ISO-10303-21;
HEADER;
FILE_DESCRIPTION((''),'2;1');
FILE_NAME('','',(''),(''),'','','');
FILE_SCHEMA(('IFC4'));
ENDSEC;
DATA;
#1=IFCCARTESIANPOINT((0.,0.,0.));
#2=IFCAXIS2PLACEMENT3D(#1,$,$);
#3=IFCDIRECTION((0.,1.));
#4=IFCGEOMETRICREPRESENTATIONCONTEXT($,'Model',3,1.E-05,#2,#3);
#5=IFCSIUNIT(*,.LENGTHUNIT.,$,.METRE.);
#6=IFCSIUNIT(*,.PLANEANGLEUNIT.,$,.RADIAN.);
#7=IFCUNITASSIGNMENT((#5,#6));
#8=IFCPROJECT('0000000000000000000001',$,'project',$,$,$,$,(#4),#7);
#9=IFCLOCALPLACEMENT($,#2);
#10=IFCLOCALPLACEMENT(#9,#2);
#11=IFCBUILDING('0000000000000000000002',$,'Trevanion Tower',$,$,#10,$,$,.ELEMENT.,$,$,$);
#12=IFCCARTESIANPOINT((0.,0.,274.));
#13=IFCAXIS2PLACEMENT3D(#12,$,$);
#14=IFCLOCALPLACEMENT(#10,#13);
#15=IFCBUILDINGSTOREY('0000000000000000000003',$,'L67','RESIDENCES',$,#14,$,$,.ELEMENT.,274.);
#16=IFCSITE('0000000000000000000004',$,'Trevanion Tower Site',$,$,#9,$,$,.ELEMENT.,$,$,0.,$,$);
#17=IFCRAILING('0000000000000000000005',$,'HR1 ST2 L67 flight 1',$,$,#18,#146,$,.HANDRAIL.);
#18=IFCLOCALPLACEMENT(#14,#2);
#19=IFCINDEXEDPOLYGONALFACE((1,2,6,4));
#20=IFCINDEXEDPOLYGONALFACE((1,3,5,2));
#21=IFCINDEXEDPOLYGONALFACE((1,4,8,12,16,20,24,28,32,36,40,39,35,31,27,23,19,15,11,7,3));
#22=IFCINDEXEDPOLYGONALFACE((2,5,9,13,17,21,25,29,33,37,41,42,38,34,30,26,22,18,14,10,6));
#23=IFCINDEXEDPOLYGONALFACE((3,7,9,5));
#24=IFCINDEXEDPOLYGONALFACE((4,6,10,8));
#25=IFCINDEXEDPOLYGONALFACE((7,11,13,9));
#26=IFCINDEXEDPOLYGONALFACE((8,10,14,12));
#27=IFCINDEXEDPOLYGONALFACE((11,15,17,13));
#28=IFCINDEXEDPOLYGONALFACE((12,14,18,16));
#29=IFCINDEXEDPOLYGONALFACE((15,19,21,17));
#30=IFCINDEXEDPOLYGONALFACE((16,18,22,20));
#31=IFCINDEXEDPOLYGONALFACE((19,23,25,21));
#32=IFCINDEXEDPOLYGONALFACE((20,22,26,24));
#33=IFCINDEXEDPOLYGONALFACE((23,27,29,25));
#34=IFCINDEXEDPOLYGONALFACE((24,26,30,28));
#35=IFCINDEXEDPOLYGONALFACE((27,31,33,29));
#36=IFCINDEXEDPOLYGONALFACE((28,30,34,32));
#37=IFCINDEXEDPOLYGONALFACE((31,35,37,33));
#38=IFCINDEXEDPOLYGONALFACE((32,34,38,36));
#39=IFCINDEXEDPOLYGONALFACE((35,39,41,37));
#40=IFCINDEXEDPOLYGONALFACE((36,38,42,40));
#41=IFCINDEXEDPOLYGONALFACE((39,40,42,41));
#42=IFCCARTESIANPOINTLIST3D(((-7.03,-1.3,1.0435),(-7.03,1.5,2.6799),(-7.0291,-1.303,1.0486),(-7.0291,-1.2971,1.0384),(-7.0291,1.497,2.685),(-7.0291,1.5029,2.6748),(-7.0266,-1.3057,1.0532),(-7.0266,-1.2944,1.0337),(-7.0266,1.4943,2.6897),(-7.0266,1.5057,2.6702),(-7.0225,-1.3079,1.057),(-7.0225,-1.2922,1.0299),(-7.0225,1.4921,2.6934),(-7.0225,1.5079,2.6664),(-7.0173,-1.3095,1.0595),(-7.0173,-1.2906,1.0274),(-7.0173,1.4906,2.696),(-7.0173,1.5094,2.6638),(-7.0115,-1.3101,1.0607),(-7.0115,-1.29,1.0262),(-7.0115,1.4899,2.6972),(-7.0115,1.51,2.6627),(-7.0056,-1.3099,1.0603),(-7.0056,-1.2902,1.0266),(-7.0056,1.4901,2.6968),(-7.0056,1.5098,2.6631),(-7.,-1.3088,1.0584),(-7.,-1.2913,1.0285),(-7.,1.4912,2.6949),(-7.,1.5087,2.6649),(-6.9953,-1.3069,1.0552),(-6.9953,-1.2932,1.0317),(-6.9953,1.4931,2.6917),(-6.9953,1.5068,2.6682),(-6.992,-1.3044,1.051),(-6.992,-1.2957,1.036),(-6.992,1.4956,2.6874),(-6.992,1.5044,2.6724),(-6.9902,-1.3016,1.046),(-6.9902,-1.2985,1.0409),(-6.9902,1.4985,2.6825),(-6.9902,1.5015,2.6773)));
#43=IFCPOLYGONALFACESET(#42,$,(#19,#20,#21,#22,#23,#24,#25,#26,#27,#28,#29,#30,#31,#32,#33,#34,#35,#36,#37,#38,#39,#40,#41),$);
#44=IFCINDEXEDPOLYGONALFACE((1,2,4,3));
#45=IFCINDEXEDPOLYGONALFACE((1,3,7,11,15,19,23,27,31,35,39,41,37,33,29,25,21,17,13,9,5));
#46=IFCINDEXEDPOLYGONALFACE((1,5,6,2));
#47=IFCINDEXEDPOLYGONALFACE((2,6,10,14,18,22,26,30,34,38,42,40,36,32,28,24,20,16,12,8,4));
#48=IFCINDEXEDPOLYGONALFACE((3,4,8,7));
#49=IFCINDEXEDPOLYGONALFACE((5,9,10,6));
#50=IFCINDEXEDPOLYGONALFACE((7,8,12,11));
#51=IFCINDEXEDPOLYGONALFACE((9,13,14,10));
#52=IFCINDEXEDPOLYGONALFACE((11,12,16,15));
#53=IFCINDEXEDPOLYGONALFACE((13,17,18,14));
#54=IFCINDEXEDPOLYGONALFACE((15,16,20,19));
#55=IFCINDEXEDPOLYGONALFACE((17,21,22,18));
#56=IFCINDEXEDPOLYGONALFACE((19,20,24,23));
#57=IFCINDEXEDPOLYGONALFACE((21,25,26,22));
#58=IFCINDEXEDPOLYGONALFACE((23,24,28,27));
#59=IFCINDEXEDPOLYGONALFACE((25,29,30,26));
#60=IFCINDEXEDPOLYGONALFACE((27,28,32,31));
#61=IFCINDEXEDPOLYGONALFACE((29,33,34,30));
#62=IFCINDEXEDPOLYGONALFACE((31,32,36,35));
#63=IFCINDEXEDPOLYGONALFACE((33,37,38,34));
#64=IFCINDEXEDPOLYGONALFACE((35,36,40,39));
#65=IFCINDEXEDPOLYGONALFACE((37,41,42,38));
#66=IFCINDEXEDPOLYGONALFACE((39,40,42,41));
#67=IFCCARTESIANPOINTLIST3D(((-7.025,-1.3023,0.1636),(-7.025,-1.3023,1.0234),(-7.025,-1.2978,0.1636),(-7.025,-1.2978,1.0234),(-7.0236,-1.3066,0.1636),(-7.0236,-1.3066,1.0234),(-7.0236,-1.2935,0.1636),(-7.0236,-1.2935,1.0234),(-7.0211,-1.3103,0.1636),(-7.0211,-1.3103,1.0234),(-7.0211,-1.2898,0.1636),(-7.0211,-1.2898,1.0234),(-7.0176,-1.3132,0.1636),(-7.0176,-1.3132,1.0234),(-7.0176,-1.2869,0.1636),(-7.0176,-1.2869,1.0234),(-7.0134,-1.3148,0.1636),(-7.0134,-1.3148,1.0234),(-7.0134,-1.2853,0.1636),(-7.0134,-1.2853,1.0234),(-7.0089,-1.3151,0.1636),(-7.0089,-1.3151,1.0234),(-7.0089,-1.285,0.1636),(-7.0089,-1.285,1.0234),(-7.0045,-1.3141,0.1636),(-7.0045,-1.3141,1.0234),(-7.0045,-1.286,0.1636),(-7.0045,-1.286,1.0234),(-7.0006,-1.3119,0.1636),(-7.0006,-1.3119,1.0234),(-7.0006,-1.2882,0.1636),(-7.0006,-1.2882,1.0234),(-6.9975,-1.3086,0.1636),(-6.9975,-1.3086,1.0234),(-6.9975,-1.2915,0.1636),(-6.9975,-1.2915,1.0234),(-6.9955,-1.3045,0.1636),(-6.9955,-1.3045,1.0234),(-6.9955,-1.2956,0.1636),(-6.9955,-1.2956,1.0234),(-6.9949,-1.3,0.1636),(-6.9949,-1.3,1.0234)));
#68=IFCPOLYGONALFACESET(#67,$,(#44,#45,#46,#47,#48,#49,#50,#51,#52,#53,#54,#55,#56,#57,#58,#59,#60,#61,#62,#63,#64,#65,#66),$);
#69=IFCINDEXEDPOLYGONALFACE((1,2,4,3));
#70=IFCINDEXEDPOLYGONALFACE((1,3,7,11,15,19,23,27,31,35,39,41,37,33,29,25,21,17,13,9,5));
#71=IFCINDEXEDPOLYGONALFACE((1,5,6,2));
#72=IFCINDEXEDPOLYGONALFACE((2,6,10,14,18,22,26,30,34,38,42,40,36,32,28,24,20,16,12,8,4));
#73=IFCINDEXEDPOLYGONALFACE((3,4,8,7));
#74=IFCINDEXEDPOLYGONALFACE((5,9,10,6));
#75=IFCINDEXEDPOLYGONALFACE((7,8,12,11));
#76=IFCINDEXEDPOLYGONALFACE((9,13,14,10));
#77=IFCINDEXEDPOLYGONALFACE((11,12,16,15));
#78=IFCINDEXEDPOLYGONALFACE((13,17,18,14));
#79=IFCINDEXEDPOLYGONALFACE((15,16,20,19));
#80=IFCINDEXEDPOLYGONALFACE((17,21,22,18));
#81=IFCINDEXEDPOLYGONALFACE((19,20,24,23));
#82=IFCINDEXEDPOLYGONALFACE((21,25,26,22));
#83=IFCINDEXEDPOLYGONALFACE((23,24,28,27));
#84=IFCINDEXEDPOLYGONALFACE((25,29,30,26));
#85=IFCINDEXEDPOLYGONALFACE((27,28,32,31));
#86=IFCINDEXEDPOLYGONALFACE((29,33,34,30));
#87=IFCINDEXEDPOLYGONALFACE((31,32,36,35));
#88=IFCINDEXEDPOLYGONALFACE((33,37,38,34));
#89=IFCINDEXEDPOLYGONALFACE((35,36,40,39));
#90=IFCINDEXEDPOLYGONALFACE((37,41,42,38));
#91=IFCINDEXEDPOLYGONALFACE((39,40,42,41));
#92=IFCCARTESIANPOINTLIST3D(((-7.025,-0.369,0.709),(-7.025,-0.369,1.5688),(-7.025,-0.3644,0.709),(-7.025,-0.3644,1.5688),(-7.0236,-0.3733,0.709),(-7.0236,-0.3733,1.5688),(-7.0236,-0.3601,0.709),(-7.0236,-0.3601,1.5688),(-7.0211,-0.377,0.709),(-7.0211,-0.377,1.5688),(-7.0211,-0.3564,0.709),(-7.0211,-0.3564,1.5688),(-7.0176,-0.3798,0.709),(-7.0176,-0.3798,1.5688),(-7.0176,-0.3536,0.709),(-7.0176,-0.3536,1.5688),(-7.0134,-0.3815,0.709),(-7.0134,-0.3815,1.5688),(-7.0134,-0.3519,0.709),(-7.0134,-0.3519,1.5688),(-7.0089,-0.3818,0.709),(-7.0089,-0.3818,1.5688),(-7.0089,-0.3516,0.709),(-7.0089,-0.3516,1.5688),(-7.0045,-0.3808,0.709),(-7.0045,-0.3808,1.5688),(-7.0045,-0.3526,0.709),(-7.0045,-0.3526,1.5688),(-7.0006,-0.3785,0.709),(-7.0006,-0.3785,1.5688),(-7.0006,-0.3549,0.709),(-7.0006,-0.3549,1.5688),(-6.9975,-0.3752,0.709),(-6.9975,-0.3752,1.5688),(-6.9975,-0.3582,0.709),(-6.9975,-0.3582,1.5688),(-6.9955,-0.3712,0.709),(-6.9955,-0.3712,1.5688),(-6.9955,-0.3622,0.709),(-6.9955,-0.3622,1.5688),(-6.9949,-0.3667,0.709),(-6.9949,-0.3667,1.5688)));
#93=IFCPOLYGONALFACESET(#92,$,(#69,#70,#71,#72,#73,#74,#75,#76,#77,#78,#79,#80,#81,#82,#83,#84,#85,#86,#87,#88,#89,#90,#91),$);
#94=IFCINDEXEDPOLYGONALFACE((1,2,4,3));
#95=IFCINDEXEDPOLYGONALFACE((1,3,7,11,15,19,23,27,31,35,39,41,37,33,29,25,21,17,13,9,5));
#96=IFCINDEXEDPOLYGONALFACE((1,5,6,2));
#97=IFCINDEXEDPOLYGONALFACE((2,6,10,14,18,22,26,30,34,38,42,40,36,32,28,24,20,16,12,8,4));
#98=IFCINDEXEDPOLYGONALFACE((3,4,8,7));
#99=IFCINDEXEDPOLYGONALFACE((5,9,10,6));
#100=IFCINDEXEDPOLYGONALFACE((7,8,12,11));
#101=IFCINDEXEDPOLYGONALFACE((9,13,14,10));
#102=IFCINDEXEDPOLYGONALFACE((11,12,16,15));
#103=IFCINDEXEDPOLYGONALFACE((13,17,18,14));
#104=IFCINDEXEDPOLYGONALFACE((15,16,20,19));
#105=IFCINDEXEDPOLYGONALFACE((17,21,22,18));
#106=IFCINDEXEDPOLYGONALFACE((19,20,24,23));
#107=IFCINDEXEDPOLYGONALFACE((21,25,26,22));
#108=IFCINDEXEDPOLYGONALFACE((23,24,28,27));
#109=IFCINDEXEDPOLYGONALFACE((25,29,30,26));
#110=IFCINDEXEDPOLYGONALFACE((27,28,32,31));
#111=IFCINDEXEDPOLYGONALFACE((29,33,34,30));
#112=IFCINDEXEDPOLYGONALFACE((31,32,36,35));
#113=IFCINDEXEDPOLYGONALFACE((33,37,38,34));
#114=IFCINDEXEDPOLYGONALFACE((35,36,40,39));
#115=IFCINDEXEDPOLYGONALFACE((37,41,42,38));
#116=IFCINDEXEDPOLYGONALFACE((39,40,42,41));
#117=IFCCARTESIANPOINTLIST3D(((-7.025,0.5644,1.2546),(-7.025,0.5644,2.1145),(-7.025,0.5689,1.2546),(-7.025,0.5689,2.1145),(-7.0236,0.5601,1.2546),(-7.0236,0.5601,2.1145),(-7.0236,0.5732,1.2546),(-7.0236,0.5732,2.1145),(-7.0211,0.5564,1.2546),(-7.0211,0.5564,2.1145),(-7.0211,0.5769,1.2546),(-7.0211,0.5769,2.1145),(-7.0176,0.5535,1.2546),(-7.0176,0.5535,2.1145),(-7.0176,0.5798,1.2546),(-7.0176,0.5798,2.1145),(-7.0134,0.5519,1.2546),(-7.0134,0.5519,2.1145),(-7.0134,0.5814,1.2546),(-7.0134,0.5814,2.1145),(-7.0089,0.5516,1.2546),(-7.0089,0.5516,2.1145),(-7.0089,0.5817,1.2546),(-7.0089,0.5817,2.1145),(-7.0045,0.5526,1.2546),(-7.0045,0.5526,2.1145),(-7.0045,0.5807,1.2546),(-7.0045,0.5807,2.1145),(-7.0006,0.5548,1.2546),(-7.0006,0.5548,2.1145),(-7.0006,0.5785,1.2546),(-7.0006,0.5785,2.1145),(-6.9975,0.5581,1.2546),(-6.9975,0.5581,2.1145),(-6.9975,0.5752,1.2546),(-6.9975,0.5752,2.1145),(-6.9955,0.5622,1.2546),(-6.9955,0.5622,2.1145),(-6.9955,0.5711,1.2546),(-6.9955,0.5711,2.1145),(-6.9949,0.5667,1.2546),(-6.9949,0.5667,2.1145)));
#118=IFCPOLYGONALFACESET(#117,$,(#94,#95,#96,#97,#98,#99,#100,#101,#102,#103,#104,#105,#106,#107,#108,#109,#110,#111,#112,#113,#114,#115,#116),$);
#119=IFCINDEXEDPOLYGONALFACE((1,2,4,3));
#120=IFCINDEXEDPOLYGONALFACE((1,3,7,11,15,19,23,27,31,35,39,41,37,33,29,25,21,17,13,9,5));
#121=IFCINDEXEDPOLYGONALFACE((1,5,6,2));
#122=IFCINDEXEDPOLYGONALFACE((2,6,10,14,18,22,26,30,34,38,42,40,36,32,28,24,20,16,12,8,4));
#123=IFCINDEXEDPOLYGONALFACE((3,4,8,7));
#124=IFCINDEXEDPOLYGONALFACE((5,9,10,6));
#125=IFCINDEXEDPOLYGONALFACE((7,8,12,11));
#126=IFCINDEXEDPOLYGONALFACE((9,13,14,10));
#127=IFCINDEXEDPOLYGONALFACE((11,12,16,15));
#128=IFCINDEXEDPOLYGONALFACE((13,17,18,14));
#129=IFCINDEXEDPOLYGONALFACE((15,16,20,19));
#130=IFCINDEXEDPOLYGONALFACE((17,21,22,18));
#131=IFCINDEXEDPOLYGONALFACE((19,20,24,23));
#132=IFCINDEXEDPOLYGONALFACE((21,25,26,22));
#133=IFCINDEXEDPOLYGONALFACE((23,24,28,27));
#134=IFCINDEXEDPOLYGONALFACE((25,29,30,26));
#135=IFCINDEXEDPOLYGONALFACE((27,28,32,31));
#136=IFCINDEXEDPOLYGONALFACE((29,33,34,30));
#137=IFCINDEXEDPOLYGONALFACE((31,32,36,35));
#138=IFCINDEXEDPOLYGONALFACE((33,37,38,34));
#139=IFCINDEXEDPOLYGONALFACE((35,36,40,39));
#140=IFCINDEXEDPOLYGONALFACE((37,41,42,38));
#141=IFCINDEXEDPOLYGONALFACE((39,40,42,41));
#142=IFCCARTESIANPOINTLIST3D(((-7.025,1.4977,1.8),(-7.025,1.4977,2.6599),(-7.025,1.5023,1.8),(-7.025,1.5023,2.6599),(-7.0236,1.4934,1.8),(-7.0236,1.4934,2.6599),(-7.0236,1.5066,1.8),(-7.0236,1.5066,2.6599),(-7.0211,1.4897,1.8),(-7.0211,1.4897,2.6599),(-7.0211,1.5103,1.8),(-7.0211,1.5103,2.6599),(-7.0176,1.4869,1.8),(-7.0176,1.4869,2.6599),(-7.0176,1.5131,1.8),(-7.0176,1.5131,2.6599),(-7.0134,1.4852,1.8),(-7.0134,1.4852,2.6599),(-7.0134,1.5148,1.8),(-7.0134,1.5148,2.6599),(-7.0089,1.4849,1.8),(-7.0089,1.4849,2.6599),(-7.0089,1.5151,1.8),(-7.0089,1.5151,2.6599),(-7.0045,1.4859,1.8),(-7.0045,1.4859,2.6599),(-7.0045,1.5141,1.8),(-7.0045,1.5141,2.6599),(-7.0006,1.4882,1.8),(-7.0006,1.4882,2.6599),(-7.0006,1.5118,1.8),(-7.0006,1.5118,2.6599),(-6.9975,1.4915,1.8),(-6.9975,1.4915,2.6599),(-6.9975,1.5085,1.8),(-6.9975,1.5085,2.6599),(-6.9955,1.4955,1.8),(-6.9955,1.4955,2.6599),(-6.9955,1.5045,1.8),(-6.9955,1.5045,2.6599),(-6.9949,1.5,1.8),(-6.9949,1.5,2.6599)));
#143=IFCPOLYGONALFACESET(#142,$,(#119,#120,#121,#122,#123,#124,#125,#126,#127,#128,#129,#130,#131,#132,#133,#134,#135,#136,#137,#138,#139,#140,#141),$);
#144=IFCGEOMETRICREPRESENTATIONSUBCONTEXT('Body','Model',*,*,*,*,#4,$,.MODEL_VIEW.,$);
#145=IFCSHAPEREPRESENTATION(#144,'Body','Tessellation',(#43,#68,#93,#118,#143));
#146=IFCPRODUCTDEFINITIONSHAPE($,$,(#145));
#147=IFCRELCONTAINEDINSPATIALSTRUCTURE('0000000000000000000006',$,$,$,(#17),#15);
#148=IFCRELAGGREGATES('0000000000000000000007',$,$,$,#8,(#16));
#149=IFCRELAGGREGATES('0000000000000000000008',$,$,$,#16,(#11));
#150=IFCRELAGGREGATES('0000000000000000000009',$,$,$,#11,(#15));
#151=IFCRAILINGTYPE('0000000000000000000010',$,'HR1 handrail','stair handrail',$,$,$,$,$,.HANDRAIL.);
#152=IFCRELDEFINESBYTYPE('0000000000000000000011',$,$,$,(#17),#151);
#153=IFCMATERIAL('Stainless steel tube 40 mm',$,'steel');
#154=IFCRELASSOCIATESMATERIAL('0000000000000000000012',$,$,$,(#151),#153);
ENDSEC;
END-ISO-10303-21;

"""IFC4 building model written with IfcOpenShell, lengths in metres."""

from ifc_helpers import new_model, si_unit, direction, frame, origin, origin_2d, place, context, subcontext, project, spatial, circle, extrude, material, type_object, element, save


model = new_model("IFC4")

# Units and contexts
model_context = context("Model", 3, precision=1e-05, world=origin(), true_north=direction((0.0, 1.0)))
body_context = subcontext(model_context, "Body", "Model", "MODEL_VIEW")
ifc_project = project(units=[si_unit("LENGTHUNIT", "METRE"), si_unit("PLANEANGLEUNIT", "RADIAN")], contexts=[model_context])

# Site, building, storey
site_placement = place(None, origin())
site = spatial("IfcSite", under=ifc_project, at=site_placement, Name="Trevanion Tower Site", CompositionType="ELEMENT", RefElevation=0.0)
building_placement = place(site_placement, origin())
building = spatial("IfcBuilding", under=site, at=building_placement, Name="Trevanion Tower", CompositionType="ELEMENT")
storey_placement = place(building_placement, frame((0.0, 0.0, 274.0)))
storey = spatial("IfcBuildingStorey", under=building, at=storey_placement, Name="L67", Description="RESIDENCES", CompositionType="ELEMENT", Elevation=274.0)

# Railing
ifc_material_1 = material(Name="Stainless steel tube 40 mm", Category="steel")
railing_type = type_object("IfcRailingType", Name="HR1 handrail", Description="stair handrail", PredefinedType="HANDRAIL", material=ifc_material_1)
for number, where, name in (
    (1, (-7.01, -1.3, 0.1636), "HR1 ST2 L67 flight 1"),
):
    element("IfcRailing", number, at=place(storey_placement, frame(where)), inside=storey, type_object=railing_type, Name=name, PredefinedType="HANDRAIL", context=body_context, shape_type="SweptSolid", body=[
        extrude(circle(Radius=0.02, at=origin_2d()), frame((0.0, 0.0, 0.8799), z_axis=(0.0, 0.863361, 0.504587), x_axis=(-1.0, 0.0, 0.0)), (0.0, 0.0, 1.0), 3.2432),
        extrude(circle(Radius=0.0151, at=origin_2d()), origin(), (0.0, 0.0, 1.0), 0.8599),
        extrude(circle(Radius=0.0151, at=origin_2d()), frame((0.0, 0.9333, 0.5454)), (0.0, 0.0, 1.0), 0.8599),
        extrude(circle(Radius=0.0151, at=origin_2d()), frame((0.0, 1.8667, 1.0911)), (0.0, 0.0, 1.0), 0.8599),
        extrude(circle(Radius=0.0151, at=origin_2d()), frame((0.0, 2.8, 1.6365)), (0.0, 0.0, 1.0), 0.8599),
    ])

save(model, "model.ifc")
